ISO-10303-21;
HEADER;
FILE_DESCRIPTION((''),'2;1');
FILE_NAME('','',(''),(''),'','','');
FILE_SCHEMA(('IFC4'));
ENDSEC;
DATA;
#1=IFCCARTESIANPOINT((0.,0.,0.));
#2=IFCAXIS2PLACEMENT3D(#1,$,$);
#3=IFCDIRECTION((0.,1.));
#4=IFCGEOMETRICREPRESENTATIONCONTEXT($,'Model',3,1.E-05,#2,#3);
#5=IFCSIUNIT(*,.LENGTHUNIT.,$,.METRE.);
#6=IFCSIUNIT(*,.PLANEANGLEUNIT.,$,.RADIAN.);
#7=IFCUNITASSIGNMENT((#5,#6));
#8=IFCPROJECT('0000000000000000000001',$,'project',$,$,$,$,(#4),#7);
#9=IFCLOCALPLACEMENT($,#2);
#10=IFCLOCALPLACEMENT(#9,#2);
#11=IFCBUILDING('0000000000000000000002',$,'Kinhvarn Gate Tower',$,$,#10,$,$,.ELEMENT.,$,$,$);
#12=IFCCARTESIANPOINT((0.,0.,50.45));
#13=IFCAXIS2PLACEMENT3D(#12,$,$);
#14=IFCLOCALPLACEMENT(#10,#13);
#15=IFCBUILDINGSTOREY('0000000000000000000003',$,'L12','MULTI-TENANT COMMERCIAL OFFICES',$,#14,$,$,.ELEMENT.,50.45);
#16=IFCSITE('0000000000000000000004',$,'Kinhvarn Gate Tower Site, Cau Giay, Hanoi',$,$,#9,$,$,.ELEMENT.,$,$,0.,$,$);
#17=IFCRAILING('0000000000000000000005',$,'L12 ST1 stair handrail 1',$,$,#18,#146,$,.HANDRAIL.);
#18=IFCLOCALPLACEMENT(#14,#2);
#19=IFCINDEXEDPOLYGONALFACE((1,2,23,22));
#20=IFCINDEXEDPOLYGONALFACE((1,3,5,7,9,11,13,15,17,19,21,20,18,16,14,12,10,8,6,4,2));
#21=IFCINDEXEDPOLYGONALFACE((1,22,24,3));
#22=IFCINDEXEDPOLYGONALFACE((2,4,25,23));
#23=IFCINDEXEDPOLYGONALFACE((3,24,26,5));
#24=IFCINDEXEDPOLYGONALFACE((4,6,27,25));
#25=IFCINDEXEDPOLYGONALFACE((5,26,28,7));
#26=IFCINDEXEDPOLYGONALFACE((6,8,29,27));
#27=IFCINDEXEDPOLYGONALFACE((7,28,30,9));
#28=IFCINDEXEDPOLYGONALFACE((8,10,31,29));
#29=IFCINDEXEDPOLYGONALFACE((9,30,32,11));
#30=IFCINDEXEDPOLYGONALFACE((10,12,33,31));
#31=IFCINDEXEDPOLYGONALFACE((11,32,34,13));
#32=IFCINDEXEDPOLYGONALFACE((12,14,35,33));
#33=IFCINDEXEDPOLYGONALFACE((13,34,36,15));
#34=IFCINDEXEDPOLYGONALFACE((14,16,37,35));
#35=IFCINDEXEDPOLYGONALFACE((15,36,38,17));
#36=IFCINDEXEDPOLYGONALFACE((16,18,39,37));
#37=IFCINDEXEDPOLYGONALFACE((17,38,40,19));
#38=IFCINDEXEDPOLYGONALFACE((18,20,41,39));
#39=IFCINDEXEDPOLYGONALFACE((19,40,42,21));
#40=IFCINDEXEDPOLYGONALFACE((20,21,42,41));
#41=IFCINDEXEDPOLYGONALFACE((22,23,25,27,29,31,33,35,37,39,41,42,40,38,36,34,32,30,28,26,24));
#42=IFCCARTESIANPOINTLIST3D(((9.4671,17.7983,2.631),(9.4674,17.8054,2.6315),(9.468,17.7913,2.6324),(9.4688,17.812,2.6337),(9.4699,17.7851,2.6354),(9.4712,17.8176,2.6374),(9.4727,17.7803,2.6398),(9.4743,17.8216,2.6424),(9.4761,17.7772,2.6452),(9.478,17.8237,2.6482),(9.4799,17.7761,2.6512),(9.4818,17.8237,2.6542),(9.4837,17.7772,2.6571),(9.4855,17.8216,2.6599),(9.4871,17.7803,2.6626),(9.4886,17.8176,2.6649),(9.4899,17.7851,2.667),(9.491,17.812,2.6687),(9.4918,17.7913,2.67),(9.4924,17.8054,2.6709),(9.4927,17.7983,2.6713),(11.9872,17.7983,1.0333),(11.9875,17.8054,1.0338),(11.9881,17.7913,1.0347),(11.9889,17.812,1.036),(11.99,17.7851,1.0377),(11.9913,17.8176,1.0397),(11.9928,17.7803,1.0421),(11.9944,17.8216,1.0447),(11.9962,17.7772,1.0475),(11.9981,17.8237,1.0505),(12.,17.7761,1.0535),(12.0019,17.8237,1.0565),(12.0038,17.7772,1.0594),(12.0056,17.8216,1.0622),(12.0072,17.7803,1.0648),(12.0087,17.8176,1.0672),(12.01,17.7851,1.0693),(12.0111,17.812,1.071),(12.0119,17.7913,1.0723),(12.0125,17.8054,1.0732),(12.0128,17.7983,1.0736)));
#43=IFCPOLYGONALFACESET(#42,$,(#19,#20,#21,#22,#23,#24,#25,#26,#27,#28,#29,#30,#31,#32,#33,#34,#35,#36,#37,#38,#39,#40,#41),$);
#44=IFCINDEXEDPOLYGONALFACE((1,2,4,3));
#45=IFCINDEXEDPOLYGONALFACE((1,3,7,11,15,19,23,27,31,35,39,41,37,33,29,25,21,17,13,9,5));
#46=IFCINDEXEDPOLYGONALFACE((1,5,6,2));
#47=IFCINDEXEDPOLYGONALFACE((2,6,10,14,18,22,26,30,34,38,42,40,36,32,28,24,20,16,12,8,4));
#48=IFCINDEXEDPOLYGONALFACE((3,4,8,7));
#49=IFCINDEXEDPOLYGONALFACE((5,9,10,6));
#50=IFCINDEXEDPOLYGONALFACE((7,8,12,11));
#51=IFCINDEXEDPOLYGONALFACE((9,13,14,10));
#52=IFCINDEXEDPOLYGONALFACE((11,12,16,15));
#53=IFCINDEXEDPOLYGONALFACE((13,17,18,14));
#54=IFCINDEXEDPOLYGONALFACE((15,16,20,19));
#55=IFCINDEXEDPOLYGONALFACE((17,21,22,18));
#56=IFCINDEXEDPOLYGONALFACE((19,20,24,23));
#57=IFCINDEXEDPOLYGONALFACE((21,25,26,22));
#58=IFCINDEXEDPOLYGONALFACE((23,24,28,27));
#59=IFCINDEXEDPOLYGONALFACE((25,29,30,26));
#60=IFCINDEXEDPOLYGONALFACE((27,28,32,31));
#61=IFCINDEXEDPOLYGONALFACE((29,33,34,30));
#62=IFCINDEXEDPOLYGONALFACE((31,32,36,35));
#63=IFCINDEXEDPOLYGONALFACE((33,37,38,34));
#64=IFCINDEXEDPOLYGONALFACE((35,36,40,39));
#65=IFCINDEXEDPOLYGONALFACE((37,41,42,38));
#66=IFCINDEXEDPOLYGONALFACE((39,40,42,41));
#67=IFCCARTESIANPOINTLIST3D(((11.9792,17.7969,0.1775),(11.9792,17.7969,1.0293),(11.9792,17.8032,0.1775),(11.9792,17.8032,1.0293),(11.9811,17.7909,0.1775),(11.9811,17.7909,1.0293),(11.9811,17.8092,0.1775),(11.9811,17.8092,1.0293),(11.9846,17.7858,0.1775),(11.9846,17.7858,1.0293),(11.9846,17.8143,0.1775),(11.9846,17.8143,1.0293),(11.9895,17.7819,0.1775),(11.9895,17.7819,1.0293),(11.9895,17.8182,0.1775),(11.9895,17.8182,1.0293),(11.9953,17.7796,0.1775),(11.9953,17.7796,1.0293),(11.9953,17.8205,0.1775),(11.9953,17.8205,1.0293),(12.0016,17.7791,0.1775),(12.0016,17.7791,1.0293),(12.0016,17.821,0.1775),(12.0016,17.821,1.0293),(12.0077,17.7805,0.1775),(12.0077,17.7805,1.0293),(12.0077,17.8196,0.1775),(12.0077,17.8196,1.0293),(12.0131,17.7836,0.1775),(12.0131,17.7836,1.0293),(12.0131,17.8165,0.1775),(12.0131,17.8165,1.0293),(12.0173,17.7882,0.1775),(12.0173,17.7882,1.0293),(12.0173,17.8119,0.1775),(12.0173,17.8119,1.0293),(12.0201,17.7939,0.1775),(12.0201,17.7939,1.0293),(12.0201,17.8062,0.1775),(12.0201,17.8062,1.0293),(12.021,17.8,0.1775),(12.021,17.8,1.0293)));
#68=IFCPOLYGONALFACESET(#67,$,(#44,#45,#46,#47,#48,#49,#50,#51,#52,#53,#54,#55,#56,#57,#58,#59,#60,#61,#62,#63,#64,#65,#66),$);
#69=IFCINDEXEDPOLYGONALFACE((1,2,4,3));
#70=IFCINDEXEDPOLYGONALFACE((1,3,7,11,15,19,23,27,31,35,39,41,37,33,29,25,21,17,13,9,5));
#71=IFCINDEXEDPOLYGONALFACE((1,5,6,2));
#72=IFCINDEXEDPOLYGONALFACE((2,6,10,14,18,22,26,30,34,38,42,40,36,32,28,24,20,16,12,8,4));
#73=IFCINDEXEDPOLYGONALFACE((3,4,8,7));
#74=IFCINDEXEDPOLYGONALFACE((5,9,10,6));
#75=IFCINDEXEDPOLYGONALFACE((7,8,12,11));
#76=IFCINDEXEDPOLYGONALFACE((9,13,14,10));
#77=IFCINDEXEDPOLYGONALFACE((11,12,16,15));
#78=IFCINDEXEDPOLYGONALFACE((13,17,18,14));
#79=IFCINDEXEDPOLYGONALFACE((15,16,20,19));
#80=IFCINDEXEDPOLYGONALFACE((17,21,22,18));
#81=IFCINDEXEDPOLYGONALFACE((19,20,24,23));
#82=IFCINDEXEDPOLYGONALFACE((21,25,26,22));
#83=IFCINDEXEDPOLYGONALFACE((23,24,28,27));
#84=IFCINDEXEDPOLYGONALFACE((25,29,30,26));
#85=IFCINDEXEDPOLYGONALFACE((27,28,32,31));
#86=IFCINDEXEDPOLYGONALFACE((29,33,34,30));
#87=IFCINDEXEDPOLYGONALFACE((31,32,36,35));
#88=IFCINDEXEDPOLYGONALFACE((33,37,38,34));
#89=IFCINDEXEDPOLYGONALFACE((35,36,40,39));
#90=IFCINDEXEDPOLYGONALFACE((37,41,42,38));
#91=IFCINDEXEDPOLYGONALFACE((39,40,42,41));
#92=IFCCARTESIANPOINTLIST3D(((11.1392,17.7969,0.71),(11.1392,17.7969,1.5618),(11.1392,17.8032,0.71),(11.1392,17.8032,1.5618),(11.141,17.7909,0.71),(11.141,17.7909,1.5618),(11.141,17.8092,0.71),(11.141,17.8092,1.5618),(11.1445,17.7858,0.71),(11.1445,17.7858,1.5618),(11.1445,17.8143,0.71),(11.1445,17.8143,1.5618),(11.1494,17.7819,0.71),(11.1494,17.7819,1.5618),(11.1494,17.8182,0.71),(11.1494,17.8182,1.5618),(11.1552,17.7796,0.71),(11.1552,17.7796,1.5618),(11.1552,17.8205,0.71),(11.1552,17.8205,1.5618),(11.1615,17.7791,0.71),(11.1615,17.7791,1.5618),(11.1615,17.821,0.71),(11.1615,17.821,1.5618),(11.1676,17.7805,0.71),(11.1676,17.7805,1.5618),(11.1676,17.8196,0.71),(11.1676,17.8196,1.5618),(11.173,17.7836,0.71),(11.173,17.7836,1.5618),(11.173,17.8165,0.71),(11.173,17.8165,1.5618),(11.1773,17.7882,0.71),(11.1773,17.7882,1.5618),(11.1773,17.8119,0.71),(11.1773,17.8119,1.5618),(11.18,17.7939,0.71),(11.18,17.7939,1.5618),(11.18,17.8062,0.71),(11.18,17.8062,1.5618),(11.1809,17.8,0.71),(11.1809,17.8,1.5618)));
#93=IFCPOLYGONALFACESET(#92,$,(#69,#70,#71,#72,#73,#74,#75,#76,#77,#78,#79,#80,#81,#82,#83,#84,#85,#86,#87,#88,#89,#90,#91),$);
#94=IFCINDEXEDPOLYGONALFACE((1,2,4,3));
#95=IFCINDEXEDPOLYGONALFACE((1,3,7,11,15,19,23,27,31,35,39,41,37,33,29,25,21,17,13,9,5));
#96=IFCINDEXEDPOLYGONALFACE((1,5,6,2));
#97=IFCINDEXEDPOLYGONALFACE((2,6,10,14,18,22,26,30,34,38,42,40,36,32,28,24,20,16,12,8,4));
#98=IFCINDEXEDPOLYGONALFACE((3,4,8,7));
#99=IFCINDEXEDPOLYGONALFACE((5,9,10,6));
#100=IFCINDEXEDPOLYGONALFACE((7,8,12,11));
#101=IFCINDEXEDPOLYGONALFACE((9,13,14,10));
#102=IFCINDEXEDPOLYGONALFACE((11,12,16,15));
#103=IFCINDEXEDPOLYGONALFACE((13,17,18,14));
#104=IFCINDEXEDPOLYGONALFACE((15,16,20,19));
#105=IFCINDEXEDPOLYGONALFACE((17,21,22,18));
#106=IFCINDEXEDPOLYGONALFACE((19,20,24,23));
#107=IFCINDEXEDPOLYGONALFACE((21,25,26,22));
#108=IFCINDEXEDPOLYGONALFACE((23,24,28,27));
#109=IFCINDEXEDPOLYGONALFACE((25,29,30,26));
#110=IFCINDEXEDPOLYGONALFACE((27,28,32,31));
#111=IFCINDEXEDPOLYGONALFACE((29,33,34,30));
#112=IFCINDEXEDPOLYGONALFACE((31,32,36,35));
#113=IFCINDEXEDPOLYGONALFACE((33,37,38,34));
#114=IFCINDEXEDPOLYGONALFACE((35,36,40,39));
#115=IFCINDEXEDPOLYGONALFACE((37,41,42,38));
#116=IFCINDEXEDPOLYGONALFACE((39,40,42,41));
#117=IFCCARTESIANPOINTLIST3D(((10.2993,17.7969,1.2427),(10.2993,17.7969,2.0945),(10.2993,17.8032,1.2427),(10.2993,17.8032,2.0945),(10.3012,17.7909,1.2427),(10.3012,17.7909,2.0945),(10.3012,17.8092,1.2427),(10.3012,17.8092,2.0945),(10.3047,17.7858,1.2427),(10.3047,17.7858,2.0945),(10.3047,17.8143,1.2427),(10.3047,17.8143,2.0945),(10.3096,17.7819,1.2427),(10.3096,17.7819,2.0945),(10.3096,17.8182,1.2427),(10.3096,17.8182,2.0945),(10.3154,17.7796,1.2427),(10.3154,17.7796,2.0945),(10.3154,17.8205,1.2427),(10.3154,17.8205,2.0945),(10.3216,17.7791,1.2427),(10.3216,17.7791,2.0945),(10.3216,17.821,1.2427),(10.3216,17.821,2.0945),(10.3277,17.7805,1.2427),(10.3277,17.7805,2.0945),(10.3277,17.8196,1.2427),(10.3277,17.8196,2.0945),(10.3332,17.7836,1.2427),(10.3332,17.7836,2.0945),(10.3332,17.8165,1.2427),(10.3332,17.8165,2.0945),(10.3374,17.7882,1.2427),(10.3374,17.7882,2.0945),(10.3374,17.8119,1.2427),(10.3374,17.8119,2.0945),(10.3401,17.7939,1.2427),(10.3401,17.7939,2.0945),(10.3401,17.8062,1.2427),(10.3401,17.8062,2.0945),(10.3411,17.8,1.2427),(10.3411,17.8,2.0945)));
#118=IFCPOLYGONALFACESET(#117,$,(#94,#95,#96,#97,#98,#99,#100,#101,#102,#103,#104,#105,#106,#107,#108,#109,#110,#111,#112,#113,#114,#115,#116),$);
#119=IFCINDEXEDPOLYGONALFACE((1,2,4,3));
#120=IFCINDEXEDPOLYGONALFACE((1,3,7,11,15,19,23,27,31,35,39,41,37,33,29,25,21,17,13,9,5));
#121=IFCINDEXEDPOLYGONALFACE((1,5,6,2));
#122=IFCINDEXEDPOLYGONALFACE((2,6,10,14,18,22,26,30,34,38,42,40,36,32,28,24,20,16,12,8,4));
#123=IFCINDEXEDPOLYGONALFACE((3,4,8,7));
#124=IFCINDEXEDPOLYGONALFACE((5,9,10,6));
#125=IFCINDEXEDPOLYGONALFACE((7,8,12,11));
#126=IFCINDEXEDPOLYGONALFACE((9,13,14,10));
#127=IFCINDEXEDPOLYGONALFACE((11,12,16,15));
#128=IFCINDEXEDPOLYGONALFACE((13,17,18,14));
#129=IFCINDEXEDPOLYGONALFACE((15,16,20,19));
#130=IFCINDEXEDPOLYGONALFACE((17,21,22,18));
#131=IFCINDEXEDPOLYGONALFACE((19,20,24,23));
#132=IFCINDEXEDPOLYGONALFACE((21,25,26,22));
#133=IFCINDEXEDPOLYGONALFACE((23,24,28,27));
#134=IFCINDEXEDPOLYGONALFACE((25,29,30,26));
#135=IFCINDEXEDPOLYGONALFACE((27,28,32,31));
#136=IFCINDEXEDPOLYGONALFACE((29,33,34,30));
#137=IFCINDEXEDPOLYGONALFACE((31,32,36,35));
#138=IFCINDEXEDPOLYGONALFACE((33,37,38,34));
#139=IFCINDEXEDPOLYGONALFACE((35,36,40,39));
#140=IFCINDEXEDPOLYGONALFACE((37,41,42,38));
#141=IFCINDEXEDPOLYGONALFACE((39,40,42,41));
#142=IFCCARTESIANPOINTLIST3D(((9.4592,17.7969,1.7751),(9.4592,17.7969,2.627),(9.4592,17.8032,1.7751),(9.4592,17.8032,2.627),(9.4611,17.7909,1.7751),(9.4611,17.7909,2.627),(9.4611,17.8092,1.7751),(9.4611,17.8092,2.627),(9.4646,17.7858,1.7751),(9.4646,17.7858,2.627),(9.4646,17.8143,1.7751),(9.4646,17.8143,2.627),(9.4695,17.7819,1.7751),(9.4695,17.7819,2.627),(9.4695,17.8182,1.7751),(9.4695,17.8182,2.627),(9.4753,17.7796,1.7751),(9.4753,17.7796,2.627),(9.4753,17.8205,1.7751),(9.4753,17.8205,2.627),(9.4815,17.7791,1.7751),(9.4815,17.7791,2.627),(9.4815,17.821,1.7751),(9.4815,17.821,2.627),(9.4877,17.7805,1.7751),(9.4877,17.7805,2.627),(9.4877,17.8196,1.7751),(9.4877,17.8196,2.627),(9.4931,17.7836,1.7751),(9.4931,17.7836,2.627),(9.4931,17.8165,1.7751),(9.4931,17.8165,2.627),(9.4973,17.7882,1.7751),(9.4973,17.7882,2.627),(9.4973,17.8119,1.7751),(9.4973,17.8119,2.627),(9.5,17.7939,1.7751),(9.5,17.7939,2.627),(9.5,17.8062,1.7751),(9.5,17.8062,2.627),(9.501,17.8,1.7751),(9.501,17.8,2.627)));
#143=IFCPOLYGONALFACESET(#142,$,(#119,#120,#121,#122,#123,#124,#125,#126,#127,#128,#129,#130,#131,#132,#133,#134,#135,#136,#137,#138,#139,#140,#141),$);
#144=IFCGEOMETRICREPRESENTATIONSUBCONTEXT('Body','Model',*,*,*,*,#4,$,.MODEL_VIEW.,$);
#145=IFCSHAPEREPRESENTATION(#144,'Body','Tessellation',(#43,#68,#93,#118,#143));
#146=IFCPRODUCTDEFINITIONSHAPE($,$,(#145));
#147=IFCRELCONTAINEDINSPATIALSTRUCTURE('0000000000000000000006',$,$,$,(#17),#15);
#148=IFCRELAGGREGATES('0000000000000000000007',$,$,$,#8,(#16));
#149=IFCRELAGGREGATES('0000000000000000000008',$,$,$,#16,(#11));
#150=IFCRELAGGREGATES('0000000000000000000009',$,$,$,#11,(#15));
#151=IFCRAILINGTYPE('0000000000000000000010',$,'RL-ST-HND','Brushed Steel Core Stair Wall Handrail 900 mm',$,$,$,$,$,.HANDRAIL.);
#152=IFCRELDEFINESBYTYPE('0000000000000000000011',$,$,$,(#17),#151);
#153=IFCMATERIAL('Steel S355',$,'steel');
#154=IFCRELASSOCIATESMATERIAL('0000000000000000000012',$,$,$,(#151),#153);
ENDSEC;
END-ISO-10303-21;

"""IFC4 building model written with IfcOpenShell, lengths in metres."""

from ifc_helpers import new_model, si_unit, direction, frame, origin, origin_2d, place, context, subcontext, project, spatial, circle, extrude, material, type_object, element, save


model = new_model("IFC4")

# Units and contexts
model_context = context("Model", 3, precision=1e-05, world=origin(), true_north=direction((0.0, 1.0)))
body_context = subcontext(model_context, "Body", "Model", "MODEL_VIEW")
ifc_project = project(units=[si_unit("LENGTHUNIT", "METRE"), si_unit("PLANEANGLEUNIT", "RADIAN")], contexts=[model_context])

# Site, building, storey
site_placement = place(None, origin())
site = spatial("IfcSite", under=ifc_project, at=site_placement, Name="Kinhvarn Gate Tower Site, Cau Giay, Hanoi", CompositionType="ELEMENT", RefElevation=0.0)
building_placement = place(site_placement, origin())
building = spatial("IfcBuilding", under=site, at=building_placement, Name="Kinhvarn Gate Tower", CompositionType="ELEMENT")
storey_placement = place(building_placement, frame((0.0, 0.0, 50.45)))
storey = spatial("IfcBuildingStorey", under=building, at=storey_placement, Name="L12", Description="MULTI-TENANT COMMERCIAL OFFICES", CompositionType="ELEMENT", Elevation=50.45)

# Shared definitions
ifc_material_1 = material(Name="Steel S355", Category="steel")

# Railing
railing_type_1 = type_object("IfcRailingType", Name="RL-ST-HND", Description="Brushed Steel Core Stair Wall Handrail 900 mm", PredefinedType="HANDRAIL", material=ifc_material_1)
railing_1_placement = place(storey_placement, frame((12.0, 17.8, 0.1775)))
element("IfcRailing", 1, at=railing_1_placement, inside=storey, type_object=railing_type_1, Name="L12 ST1 stair handrail 1", PredefinedType="HANDRAIL", context=body_context, shape_type="SweptSolid", body=[
    extrude(circle(Radius=0.0239, at=origin_2d()), frame((0.0, 0.0, 0.876), z_axis=(-0.84457, 0.0, 0.535445), x_axis=(0.0, -1.0, 0.0)), (0.0, 0.0, 1.0), 2.9839),
    extrude(circle(Radius=0.021, at=origin_2d()), origin(), (0.0, 0.0, 1.0), 0.8518),
    extrude(circle(Radius=0.021, at=origin_2d()), frame((-0.8401, 0.0, 0.5325)), (0.0, 0.0, 1.0), 0.8518),
    extrude(circle(Radius=0.021, at=origin_2d()), frame((-1.6799, 0.0, 1.0652)), (0.0, 0.0, 1.0), 0.8518),
    extrude(circle(Radius=0.021, at=origin_2d()), frame((-2.52, 0.0, 1.5977)), (0.0, 0.0, 1.0), 0.8518),
])

save(model, "model.ifc")
